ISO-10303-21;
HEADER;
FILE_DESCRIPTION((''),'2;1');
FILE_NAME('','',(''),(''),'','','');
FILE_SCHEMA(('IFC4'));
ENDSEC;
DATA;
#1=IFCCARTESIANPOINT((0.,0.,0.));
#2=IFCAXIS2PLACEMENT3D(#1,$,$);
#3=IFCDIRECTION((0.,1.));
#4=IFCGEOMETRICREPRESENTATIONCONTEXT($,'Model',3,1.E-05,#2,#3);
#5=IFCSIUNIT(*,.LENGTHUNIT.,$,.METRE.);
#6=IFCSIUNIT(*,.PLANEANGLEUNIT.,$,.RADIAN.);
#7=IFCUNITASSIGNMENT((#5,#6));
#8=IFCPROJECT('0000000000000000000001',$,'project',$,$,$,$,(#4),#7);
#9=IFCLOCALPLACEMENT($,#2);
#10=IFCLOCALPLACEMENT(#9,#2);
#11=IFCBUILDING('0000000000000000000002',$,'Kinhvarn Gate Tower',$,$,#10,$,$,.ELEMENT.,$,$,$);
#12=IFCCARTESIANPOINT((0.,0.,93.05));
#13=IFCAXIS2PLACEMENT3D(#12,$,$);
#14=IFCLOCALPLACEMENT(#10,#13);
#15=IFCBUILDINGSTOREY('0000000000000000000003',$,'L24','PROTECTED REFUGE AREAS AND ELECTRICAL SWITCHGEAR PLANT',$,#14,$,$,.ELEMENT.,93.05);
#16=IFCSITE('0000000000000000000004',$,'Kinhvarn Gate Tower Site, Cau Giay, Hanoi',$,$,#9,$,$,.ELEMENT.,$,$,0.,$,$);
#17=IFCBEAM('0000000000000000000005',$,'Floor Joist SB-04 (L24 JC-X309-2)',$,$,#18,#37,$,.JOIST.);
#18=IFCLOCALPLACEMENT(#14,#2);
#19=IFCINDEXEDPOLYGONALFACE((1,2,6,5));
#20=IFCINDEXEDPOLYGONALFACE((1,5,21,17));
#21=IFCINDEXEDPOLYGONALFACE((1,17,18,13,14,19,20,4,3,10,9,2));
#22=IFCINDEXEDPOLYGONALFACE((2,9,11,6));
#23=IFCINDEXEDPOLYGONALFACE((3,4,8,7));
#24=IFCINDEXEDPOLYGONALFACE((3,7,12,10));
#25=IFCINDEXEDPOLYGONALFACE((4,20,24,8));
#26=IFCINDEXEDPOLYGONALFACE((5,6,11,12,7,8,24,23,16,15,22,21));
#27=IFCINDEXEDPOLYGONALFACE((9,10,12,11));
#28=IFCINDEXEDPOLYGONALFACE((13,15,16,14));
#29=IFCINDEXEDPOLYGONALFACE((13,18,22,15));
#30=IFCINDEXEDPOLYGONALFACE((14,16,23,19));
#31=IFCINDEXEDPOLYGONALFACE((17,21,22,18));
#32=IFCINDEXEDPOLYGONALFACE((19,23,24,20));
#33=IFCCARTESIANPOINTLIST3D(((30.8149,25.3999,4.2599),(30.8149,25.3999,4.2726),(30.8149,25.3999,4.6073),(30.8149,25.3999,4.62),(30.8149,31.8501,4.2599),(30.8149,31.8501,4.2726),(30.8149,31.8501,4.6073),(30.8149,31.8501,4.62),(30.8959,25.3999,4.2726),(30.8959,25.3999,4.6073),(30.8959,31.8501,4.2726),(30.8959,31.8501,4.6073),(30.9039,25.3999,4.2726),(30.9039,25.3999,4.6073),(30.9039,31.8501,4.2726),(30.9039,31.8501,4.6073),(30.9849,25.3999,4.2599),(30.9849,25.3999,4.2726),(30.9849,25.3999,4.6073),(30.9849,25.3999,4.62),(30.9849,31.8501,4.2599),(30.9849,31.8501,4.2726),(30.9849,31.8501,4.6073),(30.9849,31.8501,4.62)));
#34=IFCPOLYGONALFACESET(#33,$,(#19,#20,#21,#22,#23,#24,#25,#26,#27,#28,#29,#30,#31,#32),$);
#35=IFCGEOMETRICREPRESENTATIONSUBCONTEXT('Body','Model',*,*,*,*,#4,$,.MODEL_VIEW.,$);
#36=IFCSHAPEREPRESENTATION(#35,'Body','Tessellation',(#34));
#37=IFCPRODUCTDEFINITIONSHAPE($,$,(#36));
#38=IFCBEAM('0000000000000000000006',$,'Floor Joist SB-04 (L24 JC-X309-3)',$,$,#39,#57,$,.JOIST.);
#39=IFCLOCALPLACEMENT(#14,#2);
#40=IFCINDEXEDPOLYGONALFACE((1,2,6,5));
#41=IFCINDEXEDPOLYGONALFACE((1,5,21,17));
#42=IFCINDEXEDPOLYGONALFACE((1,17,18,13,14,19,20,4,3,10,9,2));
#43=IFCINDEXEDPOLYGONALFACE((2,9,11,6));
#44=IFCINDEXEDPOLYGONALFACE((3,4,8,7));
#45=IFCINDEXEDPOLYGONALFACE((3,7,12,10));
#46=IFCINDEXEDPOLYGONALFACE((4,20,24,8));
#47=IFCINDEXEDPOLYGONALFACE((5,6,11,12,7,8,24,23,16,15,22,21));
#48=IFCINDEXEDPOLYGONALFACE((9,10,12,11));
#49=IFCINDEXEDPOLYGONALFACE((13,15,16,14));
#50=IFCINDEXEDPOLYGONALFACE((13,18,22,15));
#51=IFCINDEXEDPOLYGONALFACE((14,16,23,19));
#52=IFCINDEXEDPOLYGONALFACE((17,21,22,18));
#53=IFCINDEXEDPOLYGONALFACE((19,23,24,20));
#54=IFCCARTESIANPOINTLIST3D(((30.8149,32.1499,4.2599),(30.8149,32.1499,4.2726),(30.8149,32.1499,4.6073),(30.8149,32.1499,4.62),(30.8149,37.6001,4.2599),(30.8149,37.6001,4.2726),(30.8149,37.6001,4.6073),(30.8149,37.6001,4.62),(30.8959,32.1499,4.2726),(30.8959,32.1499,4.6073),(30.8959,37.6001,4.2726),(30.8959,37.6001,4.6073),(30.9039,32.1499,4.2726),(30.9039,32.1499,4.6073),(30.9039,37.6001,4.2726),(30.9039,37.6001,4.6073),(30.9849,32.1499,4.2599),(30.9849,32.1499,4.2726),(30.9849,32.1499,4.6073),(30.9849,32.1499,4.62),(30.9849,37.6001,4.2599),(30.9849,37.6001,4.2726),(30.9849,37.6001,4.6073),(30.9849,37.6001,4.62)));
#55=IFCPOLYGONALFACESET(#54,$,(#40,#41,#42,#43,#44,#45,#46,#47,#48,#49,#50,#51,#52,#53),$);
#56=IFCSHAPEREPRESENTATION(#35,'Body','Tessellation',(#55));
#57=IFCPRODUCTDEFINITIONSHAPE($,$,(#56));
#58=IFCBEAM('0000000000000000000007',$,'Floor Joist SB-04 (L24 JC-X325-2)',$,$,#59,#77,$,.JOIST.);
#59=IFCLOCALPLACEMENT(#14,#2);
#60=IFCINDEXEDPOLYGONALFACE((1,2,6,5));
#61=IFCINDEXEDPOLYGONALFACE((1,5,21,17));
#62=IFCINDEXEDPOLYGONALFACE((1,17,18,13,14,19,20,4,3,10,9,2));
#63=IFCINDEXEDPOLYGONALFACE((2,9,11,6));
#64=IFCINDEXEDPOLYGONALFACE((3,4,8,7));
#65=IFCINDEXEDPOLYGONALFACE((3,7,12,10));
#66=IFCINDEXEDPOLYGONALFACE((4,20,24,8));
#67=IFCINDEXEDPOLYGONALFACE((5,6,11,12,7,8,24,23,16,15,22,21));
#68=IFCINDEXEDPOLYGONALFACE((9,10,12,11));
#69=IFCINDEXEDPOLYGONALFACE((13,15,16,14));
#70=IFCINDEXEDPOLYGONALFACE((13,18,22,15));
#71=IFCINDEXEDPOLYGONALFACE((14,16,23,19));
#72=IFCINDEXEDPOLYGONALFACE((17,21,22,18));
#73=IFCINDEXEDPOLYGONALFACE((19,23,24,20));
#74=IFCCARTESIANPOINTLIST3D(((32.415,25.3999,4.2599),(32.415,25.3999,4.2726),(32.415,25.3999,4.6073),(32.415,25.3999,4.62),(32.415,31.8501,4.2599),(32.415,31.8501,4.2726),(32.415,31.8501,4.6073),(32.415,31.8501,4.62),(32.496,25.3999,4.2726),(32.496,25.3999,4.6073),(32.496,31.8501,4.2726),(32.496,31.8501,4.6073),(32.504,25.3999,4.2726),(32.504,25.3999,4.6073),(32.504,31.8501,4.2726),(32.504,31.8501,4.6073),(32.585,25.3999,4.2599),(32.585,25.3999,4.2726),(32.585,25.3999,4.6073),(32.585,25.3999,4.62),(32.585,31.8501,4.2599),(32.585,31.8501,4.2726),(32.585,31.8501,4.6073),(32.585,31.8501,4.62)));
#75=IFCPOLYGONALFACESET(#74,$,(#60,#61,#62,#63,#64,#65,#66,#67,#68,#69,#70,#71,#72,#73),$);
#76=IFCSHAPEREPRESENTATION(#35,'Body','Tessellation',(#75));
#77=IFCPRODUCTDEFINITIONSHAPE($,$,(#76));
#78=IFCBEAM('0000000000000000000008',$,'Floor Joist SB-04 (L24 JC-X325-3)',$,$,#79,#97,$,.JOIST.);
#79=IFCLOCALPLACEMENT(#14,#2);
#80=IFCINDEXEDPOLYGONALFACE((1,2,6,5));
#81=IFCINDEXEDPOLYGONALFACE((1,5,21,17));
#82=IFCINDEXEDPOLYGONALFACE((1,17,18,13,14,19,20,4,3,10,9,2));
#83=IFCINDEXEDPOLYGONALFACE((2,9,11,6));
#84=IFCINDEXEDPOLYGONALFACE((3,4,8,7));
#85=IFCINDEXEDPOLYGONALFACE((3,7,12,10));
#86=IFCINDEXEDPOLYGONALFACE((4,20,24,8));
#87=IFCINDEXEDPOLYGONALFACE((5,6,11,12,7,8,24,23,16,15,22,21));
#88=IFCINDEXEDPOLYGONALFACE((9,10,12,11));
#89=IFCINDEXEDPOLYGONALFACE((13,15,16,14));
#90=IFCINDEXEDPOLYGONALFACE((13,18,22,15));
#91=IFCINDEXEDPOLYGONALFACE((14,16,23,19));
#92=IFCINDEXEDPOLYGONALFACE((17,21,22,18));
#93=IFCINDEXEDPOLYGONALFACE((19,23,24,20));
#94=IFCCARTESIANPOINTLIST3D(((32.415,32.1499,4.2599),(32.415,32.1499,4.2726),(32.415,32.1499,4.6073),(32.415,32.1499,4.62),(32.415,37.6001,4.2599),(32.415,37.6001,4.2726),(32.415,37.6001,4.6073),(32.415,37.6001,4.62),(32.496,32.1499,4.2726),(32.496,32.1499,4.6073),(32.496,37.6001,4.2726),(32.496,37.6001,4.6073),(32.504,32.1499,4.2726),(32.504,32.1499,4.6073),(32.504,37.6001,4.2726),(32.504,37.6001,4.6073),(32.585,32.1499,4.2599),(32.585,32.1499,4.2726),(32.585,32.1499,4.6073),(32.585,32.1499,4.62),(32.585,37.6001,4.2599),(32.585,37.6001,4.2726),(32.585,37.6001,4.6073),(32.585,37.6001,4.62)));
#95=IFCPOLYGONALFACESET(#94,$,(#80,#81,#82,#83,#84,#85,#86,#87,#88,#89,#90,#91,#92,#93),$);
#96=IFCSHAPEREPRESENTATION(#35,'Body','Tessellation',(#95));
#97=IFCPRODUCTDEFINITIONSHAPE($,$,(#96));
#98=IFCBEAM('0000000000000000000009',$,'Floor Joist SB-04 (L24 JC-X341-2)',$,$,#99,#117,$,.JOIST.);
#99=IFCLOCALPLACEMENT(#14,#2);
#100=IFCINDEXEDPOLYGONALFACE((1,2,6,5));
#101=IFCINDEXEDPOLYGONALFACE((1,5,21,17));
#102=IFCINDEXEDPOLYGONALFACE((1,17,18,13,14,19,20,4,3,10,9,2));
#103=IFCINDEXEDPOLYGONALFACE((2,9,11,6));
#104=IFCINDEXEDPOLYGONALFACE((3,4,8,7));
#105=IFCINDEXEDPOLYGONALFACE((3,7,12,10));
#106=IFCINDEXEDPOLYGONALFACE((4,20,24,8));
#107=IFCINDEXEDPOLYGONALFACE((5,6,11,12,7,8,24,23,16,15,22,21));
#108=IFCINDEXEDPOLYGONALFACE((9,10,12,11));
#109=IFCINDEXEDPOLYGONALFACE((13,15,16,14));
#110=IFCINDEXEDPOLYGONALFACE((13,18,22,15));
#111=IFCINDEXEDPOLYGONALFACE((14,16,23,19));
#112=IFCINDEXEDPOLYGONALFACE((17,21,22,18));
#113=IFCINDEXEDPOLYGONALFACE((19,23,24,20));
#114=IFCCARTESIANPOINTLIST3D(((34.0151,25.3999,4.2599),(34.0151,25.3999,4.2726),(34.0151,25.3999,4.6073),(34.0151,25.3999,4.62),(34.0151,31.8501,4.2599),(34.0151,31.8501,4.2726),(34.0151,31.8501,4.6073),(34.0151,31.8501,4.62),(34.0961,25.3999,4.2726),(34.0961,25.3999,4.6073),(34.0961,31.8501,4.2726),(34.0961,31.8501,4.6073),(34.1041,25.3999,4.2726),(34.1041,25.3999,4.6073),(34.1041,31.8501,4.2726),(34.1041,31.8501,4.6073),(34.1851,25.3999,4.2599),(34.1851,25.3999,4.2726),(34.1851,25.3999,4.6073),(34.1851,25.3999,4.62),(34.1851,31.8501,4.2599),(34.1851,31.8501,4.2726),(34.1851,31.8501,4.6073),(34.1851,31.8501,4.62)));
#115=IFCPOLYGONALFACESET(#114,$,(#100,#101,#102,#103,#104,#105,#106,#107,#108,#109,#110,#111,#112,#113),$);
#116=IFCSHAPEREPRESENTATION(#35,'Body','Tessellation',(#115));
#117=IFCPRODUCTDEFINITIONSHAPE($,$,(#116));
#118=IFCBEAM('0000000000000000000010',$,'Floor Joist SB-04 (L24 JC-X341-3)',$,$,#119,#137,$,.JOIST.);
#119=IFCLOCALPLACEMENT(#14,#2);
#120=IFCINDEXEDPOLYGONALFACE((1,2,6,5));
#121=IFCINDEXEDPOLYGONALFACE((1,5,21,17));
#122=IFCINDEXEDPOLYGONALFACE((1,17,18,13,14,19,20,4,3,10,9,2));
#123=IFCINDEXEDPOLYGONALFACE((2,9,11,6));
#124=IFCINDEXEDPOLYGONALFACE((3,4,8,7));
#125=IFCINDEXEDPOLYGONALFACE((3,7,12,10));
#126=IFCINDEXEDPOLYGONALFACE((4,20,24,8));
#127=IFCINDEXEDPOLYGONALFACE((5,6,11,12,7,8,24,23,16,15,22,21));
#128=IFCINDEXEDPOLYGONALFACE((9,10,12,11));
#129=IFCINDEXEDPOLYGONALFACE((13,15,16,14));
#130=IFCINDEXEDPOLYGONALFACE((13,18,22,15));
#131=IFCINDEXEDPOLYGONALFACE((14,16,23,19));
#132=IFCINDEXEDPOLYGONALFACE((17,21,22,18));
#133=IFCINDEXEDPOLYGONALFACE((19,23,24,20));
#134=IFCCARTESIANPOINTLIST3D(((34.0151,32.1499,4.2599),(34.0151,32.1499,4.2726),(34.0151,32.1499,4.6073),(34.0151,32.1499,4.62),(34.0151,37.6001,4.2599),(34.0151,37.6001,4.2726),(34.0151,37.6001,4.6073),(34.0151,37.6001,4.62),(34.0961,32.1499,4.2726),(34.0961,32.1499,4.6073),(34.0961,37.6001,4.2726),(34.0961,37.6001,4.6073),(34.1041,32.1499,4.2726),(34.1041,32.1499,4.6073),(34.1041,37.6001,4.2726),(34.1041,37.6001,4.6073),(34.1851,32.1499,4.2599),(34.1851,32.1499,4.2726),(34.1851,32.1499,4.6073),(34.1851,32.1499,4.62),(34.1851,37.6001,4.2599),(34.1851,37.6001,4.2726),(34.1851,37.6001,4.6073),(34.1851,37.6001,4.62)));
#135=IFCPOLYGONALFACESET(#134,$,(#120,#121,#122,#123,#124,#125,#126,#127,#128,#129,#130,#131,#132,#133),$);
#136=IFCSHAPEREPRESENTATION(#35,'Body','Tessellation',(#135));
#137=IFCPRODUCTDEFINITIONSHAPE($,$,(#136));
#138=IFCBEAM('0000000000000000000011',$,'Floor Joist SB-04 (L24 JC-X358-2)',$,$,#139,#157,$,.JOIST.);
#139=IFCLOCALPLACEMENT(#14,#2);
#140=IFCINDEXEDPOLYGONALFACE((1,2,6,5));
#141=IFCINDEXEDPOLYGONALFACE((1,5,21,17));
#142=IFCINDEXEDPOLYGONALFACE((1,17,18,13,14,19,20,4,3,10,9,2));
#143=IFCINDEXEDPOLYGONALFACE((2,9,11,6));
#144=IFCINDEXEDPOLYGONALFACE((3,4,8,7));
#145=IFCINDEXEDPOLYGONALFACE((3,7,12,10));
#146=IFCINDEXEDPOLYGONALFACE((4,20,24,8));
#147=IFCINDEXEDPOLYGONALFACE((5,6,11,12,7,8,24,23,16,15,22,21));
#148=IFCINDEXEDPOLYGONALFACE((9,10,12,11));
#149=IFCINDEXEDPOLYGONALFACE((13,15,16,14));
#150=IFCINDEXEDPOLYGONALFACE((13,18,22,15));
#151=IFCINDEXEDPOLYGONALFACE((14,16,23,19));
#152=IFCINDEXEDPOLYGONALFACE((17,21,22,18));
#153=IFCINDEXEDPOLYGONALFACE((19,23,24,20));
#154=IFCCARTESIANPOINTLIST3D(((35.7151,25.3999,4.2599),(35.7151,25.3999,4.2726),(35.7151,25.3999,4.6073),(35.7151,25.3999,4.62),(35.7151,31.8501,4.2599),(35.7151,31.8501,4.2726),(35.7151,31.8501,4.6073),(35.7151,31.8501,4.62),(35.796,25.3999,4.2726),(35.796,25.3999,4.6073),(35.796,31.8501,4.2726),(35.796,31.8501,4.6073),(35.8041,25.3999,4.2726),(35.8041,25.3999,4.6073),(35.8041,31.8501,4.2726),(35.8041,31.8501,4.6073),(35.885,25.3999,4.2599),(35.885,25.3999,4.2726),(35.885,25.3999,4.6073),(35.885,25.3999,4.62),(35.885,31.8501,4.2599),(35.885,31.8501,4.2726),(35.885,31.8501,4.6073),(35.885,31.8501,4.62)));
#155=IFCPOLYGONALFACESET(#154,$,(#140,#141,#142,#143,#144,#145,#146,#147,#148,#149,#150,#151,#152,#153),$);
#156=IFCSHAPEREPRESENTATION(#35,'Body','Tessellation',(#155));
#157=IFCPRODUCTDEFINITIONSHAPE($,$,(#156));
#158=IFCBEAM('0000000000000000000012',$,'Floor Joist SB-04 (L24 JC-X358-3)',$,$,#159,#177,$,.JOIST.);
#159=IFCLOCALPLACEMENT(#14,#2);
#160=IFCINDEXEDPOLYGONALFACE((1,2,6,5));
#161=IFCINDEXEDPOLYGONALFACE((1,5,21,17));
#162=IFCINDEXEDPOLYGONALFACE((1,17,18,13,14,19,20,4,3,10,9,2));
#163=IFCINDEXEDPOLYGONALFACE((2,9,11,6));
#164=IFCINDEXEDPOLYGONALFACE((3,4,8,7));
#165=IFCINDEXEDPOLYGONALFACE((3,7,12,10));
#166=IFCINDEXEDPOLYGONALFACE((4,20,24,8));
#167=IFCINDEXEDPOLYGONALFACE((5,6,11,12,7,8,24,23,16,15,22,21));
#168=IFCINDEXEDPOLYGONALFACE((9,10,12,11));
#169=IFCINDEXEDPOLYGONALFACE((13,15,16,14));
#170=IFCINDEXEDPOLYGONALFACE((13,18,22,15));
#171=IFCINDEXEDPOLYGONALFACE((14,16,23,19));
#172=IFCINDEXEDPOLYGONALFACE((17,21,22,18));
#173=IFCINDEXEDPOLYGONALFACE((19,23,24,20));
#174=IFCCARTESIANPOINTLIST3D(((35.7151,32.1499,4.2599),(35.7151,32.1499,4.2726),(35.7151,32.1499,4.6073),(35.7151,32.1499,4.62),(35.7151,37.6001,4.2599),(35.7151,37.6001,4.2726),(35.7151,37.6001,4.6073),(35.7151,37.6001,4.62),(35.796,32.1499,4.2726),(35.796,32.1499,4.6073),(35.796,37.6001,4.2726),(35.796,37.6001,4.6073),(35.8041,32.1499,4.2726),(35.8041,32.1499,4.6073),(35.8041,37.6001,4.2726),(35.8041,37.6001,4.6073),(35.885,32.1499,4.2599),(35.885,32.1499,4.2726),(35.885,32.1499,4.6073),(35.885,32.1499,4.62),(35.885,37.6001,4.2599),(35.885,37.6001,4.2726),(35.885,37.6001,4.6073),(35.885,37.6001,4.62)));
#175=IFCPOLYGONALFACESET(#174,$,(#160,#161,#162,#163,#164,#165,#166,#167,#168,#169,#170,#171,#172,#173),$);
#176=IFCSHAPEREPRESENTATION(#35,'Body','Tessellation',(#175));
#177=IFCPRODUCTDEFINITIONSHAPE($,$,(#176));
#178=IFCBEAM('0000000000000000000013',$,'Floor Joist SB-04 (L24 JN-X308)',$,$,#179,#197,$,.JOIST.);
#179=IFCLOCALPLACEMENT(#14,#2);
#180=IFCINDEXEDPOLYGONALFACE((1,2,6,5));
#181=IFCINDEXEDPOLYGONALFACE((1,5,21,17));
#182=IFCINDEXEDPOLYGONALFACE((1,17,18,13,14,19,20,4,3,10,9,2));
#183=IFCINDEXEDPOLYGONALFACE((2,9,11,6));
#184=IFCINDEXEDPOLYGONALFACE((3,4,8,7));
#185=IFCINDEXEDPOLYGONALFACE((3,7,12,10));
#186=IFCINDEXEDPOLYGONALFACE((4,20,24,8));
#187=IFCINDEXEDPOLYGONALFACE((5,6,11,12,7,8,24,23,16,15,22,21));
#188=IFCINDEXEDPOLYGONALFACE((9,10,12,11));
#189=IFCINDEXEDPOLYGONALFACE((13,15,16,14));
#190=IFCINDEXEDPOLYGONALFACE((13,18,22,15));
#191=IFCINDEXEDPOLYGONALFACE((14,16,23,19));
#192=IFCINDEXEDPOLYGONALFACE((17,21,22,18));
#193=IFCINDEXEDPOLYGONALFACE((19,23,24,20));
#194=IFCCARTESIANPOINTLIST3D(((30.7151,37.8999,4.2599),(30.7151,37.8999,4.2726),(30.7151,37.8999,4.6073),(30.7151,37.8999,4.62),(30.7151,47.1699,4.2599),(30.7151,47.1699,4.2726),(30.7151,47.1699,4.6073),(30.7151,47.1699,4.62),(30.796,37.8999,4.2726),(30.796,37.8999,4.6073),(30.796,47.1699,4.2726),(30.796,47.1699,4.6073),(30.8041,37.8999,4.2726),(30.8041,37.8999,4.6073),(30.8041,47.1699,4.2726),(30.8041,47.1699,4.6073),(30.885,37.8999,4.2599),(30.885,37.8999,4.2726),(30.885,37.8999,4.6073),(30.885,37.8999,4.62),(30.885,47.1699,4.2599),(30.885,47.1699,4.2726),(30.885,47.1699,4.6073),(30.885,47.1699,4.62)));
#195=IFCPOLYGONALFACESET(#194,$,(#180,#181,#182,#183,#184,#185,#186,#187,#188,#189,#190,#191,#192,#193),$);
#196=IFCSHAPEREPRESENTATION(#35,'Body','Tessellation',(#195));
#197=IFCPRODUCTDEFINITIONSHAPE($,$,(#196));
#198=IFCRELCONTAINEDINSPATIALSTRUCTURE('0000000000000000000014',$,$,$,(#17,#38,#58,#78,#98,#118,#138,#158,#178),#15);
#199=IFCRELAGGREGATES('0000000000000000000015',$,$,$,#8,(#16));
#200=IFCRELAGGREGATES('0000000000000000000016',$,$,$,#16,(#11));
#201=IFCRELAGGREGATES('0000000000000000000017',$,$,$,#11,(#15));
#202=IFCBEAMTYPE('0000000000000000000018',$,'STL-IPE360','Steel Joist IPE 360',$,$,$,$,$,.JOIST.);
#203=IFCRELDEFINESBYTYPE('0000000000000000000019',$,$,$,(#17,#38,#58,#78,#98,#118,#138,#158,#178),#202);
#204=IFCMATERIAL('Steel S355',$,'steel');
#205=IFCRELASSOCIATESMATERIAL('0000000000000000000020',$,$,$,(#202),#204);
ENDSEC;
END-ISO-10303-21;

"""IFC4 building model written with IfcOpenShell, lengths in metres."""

from ifc_helpers import new_model, si_unit, direction, frame, origin, origin_2d, place, context, subcontext, project, spatial, i_section, extrude, material, material_profile, profile_set, type_object, element, save


model = new_model("IFC4")

# Units and contexts
model_context = context("Model", 3, precision=1e-05, world=origin(), true_north=direction((0.0, 1.0)))
body_context = subcontext(model_context, "Body", "Model", "MODEL_VIEW")
ifc_project = project(units=[si_unit("LENGTHUNIT", "METRE"), si_unit("PLANEANGLEUNIT", "RADIAN")], contexts=[model_context])

# Site, building, storey
site_placement = place(None, origin())
site = spatial("IfcSite", under=ifc_project, at=site_placement, Name="Kinhvarn Gate Tower Site, Cau Giay, Hanoi", CompositionType="ELEMENT", RefElevation=0.0)
building_placement = place(site_placement, origin())
building = spatial("IfcBuilding", under=site, at=building_placement, Name="Kinhvarn Gate Tower", CompositionType="ELEMENT")
storey_placement = place(building_placement, frame((0.0, 0.0, 93.05)))
storey = spatial("IfcBuildingStorey", under=building, at=storey_placement, Name="L24", Description="PROTECTED REFUGE AREAS AND ELECTRICAL SWITCHGEAR PLANT", CompositionType="ELEMENT", Elevation=93.05)

# Shared definitions
ifc_material_1 = material(Name="Steel S355", Category="steel")

# Beams
ifc_material_profile_1 = material_profile(ifc_material_1, i_section(OverallWidth=0.1699, OverallDepth=0.3601, WebThickness=0.0081, FlangeThickness=0.0127, at=origin_2d()), Name="IPE 360")
ifc_profile_set_1 = profile_set([ifc_material_profile_1], Name="Steel S355")
beam_type_1 = type_object("IfcBeamType", Name="STL-IPE360", Description="Steel Joist IPE 360", PredefinedType="JOIST", material=ifc_profile_set_1)
beam_1_placement = place(storey_placement, frame((30.8999, 25.3999, 4.4399), z_axis=(0.0, 1.0, 0.0), x_axis=(-1.0, 0.0, 0.0)))
element("IfcBeam", 1, at=beam_1_placement, inside=storey, type_object=beam_type_1, Name="Floor Joist SB-04 (L24 JC-X309-2)", PredefinedType="JOIST", context=body_context, shape_type="SweptSolid", body=[
    extrude(i_section(OverallWidth=0.1699, OverallDepth=0.3601, WebThickness=0.0081, FlangeThickness=0.0127, at=origin_2d()), origin(), (0.0, 0.0, 1.0), 6.4502),
])
beam_2_placement = place(storey_placement, frame((30.8999, 32.1499, 4.4399), z_axis=(0.0, 1.0, 0.0), x_axis=(-1.0, 0.0, 0.0)))
element("IfcBeam", 2, at=beam_2_placement, inside=storey, type_object=beam_type_1, Name="Floor Joist SB-04 (L24 JC-X309-3)", PredefinedType="JOIST", context=body_context, shape_type="SweptSolid", body=[
    extrude(i_section(OverallWidth=0.1699, OverallDepth=0.3601, WebThickness=0.0081, FlangeThickness=0.0127, at=origin_2d()), origin(), (0.0, 0.0, 1.0), 5.4502),
])
beam_3_placement = place(storey_placement, frame((32.5, 25.3999, 4.4399), z_axis=(0.0, 1.0, 0.0), x_axis=(-1.0, 0.0, 0.0)))
element("IfcBeam", 3, at=beam_3_placement, inside=storey, type_object=beam_type_1, Name="Floor Joist SB-04 (L24 JC-X325-2)", PredefinedType="JOIST", context=body_context, shape_type="SweptSolid", body=[
    extrude(i_section(OverallWidth=0.1699, OverallDepth=0.3601, WebThickness=0.0081, FlangeThickness=0.0127, at=origin_2d()), origin(), (0.0, 0.0, 1.0), 6.4502),
])
beam_4_placement = place(storey_placement, frame((32.5, 32.1499, 4.4399), z_axis=(0.0, 1.0, 0.0), x_axis=(-1.0, 0.0, 0.0)))
element("IfcBeam", 4, at=beam_4_placement, inside=storey, type_object=beam_type_1, Name="Floor Joist SB-04 (L24 JC-X325-3)", PredefinedType="JOIST", context=body_context, shape_type="SweptSolid", body=[
    extrude(i_section(OverallWidth=0.1699, OverallDepth=0.3601, WebThickness=0.0081, FlangeThickness=0.0127, at=origin_2d()), origin(), (0.0, 0.0, 1.0), 5.4502),
])
beam_5_placement = place(storey_placement, frame((34.1001, 25.3999, 4.4399), z_axis=(0.0, 1.0, 0.0), x_axis=(-1.0, 0.0, 0.0)))
element("IfcBeam", 5, at=beam_5_placement, inside=storey, type_object=beam_type_1, Name="Floor Joist SB-04 (L24 JC-X341-2)", PredefinedType="JOIST", context=body_context, shape_type="SweptSolid", body=[
    extrude(i_section(OverallWidth=0.1699, OverallDepth=0.3601, WebThickness=0.0081, FlangeThickness=0.0127, at=origin_2d()), origin(), (0.0, 0.0, 1.0), 6.4502),
])
beam_6_placement = place(storey_placement, frame((34.1001, 32.1499, 4.4399), z_axis=(0.0, 1.0, 0.0), x_axis=(-1.0, 0.0, 0.0)))
element("IfcBeam", 6, at=beam_6_placement, inside=storey, type_object=beam_type_1, Name="Floor Joist SB-04 (L24 JC-X341-3)", PredefinedType="JOIST", context=body_context, shape_type="SweptSolid", body=[
    extrude(i_section(OverallWidth=0.1699, OverallDepth=0.3601, WebThickness=0.0081, FlangeThickness=0.0127, at=origin_2d()), origin(), (0.0, 0.0, 1.0), 5.4502),
])
beam_7_placement = place(storey_placement, frame((35.8, 25.3999, 4.4399), z_axis=(0.0, 1.0, 0.0), x_axis=(-1.0, 0.0, 0.0)))
element("IfcBeam", 7, at=beam_7_placement, inside=storey, type_object=beam_type_1, Name="Floor Joist SB-04 (L24 JC-X358-2)", PredefinedType="JOIST", context=body_context, shape_type="SweptSolid", body=[
    extrude(i_section(OverallWidth=0.1699, OverallDepth=0.3601, WebThickness=0.0081, FlangeThickness=0.0127, at=origin_2d()), origin(), (0.0, 0.0, 1.0), 6.4502),
])
beam_8_placement = place(storey_placement, frame((35.8, 32.1499, 4.4399), z_axis=(0.0, 1.0, 0.0), x_axis=(-1.0, 0.0, 0.0)))
element("IfcBeam", 8, at=beam_8_placement, inside=storey, type_object=beam_type_1, Name="Floor Joist SB-04 (L24 JC-X358-3)", PredefinedType="JOIST", context=body_context, shape_type="SweptSolid", body=[
    extrude(i_section(OverallWidth=0.1699, OverallDepth=0.3601, WebThickness=0.0081, FlangeThickness=0.0127, at=origin_2d()), origin(), (0.0, 0.0, 1.0), 5.4502),
])
for number, where, z_axis, x_axis, name in (
    (9, (30.8, 37.8999, 4.4399), (0.0, 1.0, 0.0), (-1.0, 0.0, 0.0), "Floor Joist SB-04 (L24 JN-X308)"),
):
    element("IfcBeam", number, at=place(storey_placement, frame(where, z_axis=z_axis, x_axis=x_axis)), inside=storey, type_object=beam_type_1, Name=name, PredefinedType="JOIST", context=body_context, shape_type="SweptSolid", body=[
        extrude(i_section(OverallWidth=0.1699, OverallDepth=0.3601, WebThickness=0.0081, FlangeThickness=0.0127, at=origin_2d()), origin(), (0.0, 0.0, 1.0), 9.27),
    ])

save(model, "model.ifc")
